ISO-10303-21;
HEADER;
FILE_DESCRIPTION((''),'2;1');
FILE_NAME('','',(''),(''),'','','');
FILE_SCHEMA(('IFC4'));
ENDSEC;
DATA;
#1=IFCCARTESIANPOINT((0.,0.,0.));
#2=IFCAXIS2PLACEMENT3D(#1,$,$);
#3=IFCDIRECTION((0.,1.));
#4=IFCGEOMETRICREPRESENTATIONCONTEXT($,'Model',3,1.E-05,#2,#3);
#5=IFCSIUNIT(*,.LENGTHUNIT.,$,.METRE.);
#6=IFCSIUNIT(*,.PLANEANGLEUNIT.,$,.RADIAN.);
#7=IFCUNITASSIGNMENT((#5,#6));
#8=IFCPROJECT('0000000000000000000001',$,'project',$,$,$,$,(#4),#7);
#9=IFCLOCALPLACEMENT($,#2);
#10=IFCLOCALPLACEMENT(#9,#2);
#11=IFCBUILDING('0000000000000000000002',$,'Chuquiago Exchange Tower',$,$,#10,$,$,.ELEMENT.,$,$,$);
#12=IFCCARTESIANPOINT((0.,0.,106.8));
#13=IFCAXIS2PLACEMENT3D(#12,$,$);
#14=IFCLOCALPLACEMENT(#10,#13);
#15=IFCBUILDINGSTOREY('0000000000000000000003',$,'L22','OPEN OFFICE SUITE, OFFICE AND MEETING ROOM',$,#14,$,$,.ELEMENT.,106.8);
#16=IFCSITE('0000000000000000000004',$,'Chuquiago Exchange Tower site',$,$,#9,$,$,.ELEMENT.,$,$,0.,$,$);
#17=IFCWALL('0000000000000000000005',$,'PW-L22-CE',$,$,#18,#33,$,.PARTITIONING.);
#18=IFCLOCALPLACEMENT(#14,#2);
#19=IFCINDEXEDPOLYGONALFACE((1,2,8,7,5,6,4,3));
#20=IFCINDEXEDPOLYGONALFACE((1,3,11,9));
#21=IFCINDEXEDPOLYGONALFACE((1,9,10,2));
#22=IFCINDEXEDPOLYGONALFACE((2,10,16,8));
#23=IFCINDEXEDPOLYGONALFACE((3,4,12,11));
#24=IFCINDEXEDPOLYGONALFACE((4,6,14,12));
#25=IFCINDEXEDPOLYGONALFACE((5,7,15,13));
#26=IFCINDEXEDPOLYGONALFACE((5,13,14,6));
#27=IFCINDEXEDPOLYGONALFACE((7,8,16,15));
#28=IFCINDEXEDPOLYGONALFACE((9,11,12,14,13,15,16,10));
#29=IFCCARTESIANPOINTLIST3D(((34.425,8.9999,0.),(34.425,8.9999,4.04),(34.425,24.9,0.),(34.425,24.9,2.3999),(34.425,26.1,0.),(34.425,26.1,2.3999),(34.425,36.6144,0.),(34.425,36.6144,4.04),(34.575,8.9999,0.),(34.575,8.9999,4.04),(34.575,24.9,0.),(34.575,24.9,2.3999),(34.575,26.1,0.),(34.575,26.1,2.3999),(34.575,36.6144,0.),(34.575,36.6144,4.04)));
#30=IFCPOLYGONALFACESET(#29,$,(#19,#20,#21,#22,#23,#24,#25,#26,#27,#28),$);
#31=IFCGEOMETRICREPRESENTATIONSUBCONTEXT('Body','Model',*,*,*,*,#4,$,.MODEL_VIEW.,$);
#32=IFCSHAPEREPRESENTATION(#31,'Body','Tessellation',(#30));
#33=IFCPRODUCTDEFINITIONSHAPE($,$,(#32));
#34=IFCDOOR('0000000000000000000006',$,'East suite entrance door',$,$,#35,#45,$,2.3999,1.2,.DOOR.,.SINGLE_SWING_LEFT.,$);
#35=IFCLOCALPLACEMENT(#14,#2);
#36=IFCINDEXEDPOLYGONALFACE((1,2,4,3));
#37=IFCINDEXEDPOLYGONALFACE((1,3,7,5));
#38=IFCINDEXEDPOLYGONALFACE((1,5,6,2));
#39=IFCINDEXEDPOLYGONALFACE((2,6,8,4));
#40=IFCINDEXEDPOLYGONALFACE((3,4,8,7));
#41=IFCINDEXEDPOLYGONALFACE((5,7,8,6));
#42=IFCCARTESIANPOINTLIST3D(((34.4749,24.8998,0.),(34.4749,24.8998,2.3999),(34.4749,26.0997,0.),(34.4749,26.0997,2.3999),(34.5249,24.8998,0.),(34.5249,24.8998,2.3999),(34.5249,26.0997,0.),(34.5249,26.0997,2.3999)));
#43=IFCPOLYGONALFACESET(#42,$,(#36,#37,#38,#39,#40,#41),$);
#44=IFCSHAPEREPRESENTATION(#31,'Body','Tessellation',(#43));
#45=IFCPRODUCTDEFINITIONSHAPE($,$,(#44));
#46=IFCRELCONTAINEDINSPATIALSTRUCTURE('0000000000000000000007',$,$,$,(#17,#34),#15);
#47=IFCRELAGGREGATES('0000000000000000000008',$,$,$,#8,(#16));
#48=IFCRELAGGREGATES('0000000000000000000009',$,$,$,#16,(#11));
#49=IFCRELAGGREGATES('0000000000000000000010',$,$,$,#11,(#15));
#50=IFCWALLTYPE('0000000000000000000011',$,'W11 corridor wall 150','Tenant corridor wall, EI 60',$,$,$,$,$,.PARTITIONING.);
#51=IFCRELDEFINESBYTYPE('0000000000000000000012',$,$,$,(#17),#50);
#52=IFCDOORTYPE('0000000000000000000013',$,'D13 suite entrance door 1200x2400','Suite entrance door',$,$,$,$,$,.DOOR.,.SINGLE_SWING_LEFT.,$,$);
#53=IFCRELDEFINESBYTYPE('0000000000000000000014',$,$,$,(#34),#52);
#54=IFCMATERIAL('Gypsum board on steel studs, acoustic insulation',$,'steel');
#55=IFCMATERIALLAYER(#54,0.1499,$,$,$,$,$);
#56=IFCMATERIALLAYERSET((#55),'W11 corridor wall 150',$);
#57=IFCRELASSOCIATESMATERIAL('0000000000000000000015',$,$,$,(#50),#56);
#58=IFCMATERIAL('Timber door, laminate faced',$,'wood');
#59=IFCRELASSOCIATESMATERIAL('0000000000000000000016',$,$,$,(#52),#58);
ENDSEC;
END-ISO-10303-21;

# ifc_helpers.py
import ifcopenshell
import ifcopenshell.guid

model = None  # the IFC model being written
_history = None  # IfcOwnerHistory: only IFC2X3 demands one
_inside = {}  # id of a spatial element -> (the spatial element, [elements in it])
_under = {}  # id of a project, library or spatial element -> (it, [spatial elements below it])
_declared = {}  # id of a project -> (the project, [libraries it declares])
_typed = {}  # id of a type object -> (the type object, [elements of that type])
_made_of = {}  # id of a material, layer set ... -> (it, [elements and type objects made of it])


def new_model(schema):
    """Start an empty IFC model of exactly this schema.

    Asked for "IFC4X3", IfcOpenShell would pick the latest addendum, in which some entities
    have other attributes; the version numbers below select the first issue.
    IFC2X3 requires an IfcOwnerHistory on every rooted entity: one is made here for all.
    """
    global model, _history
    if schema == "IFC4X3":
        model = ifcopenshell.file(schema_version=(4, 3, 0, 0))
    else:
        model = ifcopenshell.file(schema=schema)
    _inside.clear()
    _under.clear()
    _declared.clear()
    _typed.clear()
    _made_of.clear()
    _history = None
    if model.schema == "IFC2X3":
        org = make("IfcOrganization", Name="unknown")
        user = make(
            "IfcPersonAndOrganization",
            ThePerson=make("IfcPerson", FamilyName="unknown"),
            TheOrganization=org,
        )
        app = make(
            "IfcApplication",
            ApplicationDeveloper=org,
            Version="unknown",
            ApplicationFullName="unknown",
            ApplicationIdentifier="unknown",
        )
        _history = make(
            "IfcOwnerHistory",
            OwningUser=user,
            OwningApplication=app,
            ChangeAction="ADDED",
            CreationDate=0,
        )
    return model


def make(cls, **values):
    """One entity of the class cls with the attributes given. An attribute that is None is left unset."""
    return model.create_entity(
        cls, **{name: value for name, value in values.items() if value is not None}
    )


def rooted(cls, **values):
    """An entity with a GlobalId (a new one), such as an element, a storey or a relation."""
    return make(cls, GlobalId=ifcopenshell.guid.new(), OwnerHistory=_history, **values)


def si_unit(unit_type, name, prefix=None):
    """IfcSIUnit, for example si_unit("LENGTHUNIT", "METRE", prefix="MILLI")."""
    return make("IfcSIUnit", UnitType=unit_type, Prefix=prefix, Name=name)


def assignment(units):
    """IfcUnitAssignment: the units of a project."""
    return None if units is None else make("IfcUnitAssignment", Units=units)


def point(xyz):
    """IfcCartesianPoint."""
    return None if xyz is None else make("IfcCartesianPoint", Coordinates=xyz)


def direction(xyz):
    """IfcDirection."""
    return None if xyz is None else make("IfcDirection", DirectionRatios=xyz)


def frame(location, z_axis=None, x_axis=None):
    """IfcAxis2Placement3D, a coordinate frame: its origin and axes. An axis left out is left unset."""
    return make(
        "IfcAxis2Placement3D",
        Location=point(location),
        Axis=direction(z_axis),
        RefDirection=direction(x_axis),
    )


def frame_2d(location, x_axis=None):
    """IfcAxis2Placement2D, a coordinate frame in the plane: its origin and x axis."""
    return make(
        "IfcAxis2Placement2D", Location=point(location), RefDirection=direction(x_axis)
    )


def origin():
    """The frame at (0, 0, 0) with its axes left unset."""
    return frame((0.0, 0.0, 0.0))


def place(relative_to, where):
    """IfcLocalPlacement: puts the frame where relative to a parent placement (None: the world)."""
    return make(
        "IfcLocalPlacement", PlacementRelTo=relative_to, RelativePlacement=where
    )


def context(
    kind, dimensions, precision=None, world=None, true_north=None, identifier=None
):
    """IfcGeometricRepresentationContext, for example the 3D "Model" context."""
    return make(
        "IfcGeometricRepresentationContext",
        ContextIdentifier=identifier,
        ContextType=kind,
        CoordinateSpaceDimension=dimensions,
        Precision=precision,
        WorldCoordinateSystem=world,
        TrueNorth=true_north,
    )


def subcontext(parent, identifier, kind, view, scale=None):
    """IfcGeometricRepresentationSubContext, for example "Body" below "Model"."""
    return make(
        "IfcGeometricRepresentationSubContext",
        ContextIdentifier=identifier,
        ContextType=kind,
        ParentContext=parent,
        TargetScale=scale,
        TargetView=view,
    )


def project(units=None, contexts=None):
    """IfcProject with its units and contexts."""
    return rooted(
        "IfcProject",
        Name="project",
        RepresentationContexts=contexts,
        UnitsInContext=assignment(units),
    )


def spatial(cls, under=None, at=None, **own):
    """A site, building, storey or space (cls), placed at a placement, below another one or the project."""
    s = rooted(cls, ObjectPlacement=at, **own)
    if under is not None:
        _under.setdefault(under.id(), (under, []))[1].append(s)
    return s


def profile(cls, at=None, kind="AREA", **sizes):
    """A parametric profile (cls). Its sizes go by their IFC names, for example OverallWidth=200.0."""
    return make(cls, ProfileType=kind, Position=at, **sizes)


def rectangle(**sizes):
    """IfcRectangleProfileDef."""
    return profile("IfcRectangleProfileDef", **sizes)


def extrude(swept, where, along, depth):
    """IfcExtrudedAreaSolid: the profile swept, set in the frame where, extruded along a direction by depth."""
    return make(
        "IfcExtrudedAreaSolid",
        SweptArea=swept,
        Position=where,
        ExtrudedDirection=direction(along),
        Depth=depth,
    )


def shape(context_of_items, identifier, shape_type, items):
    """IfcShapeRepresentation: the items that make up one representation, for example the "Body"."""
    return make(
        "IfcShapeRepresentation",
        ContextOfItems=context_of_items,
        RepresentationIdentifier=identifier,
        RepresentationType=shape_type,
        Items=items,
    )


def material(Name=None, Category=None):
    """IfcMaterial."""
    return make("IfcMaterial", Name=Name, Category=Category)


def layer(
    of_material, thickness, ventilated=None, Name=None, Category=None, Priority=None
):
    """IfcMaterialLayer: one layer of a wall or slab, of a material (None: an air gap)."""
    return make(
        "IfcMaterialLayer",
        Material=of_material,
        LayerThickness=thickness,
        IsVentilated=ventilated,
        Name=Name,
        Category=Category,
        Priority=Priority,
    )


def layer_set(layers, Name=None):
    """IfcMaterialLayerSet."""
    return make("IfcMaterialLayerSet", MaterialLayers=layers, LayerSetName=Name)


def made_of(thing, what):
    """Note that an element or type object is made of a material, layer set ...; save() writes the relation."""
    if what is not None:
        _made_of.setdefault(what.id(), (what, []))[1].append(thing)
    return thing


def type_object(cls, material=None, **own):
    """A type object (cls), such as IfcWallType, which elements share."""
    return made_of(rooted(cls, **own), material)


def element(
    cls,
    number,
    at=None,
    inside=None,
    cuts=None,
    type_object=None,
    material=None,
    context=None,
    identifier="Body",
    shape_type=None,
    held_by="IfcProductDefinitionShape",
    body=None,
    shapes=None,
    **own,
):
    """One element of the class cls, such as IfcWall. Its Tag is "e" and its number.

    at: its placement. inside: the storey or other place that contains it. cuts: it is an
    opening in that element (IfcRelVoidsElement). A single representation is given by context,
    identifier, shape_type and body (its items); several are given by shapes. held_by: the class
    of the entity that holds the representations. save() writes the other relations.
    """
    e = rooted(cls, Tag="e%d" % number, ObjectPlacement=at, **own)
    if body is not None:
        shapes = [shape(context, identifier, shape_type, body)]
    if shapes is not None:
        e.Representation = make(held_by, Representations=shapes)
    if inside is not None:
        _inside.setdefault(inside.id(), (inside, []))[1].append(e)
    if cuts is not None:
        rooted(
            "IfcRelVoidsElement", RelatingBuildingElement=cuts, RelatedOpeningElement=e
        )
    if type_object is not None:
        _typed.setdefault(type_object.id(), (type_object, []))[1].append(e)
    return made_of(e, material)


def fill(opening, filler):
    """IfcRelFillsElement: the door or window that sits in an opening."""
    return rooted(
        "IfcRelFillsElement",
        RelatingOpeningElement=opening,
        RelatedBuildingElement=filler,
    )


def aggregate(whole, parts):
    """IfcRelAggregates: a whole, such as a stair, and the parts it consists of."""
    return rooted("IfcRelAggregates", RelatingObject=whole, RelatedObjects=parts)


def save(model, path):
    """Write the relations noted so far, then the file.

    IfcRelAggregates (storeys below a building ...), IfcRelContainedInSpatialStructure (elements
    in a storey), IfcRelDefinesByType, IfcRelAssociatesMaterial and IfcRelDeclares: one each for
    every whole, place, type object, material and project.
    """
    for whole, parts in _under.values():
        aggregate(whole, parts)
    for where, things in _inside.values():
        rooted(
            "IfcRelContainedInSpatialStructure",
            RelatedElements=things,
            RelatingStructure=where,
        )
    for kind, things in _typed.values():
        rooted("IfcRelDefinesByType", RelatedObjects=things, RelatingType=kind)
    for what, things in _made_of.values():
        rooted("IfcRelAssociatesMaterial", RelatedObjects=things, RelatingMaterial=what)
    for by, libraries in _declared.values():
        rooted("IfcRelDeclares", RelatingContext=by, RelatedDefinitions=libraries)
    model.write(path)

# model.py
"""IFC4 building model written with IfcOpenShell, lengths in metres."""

from ifc_helpers import new_model, si_unit, direction, frame, frame_2d, origin, place, context, subcontext, project, spatial, rectangle, extrude, material, layer, layer_set, type_object, element, fill, save


model = new_model("IFC4")

# Units and contexts
model_context = context("Model", 3, precision=1e-05, world=origin(), true_north=direction((0.0, 1.0)))
body_context = subcontext(model_context, "Body", "Model", "MODEL_VIEW")
ifc_project = project(units=[si_unit("LENGTHUNIT", "METRE"), si_unit("PLANEANGLEUNIT", "RADIAN")], contexts=[model_context])

# Site, building, storey
site_placement = place(None, origin())
site = spatial("IfcSite", under=ifc_project, at=site_placement, Name="Chuquiago Exchange Tower site", CompositionType="ELEMENT", RefElevation=0.0)
building_placement = place(site_placement, origin())
building = spatial("IfcBuilding", under=site, at=building_placement, Name="Chuquiago Exchange Tower", CompositionType="ELEMENT")
storey_placement = place(building_placement, frame((0.0, 0.0, 106.8)))
storey = spatial("IfcBuildingStorey", under=building, at=storey_placement, Name="L22", Description="OPEN OFFICE SUITE, OFFICE AND MEETING ROOM", CompositionType="ELEMENT", Elevation=106.8)

# Wall, opening, door
ifc_material_1 = material(Name="Gypsum board on steel studs, acoustic insulation", Category="steel")
ifc_layer_1 = layer(ifc_material_1, 0.1499)
ifc_layer_set_1 = layer_set([ifc_layer_1], Name="W11 corridor wall 150")
wall_type_1 = type_object("IfcWallType", Name="W11 corridor wall 150", Description="Tenant corridor wall, EI 60", PredefinedType="PARTITIONING", material=ifc_layer_set_1)
wall_1_placement = place(storey_placement, frame((34.5, 9.0, 0.0), z_axis=(0.0, 0.0, 1.0), x_axis=(0.0, 1.0, 0.0)))
wall_1 = element("IfcWall", 1, at=wall_1_placement, inside=storey, type_object=wall_type_1, Name="PW-L22-CE", PredefinedType="PARTITIONING", context=body_context, shape_type="SweptSolid", body=[
    extrude(rectangle(XDim=27.6145, YDim=0.1499, at=frame_2d((13.8071, 0.0))), origin(), (0.0, 0.0, 1.0), 4.04),
])
opening_1_placement = place(wall_1_placement, frame((15.8999, 0.0, 0.0)))
opening_1 = element("IfcOpeningElement", 2, at=opening_1_placement, cuts=wall_1, PredefinedType="OPENING", context=body_context, shape_type="SweptSolid", body=[
    extrude(rectangle(XDim=1.2, YDim=2.3999, at=frame_2d((0.6001, 1.2))), frame((0.0, 0.085, 0.0), z_axis=(0.0, -1.0, 0.0), x_axis=(1.0, 0.0, 0.0)), (0.0, 0.0, 1.0), 0.1699),
])
ifc_material_2 = material(Name="Timber door, laminate faced", Category="wood")
door_type_1 = type_object("IfcDoorType", Name="D13 suite entrance door 1200x2400", Description="Suite entrance door", OperationType="SINGLE_SWING_LEFT", PredefinedType="DOOR", material=ifc_material_2)
door_1_placement = place(opening_1_placement, frame((1.2, 0.0, 0.0), z_axis=(0.0, 0.0, 1.0), x_axis=(-1.0, 0.0, 0.0)))
door_1 = element("IfcDoor", 3, at=door_1_placement, inside=storey, type_object=door_type_1, Name="East suite entrance door", OperationType="SINGLE_SWING_LEFT", OverallHeight=2.3999, OverallWidth=1.2, PredefinedType="DOOR", context=body_context, shape_type="SweptSolid", body=[
    extrude(rectangle(XDim=1.2, YDim=2.3999, at=frame_2d((0.6001, 1.2))), frame((0.0, 0.0249, 0.0), z_axis=(0.0, -1.0, 0.0), x_axis=(1.0, 0.0, 0.0)), (0.0, 0.0, 1.0), 0.05),
])
fill(opening_1, door_1)

save(model, "model.ifc")
